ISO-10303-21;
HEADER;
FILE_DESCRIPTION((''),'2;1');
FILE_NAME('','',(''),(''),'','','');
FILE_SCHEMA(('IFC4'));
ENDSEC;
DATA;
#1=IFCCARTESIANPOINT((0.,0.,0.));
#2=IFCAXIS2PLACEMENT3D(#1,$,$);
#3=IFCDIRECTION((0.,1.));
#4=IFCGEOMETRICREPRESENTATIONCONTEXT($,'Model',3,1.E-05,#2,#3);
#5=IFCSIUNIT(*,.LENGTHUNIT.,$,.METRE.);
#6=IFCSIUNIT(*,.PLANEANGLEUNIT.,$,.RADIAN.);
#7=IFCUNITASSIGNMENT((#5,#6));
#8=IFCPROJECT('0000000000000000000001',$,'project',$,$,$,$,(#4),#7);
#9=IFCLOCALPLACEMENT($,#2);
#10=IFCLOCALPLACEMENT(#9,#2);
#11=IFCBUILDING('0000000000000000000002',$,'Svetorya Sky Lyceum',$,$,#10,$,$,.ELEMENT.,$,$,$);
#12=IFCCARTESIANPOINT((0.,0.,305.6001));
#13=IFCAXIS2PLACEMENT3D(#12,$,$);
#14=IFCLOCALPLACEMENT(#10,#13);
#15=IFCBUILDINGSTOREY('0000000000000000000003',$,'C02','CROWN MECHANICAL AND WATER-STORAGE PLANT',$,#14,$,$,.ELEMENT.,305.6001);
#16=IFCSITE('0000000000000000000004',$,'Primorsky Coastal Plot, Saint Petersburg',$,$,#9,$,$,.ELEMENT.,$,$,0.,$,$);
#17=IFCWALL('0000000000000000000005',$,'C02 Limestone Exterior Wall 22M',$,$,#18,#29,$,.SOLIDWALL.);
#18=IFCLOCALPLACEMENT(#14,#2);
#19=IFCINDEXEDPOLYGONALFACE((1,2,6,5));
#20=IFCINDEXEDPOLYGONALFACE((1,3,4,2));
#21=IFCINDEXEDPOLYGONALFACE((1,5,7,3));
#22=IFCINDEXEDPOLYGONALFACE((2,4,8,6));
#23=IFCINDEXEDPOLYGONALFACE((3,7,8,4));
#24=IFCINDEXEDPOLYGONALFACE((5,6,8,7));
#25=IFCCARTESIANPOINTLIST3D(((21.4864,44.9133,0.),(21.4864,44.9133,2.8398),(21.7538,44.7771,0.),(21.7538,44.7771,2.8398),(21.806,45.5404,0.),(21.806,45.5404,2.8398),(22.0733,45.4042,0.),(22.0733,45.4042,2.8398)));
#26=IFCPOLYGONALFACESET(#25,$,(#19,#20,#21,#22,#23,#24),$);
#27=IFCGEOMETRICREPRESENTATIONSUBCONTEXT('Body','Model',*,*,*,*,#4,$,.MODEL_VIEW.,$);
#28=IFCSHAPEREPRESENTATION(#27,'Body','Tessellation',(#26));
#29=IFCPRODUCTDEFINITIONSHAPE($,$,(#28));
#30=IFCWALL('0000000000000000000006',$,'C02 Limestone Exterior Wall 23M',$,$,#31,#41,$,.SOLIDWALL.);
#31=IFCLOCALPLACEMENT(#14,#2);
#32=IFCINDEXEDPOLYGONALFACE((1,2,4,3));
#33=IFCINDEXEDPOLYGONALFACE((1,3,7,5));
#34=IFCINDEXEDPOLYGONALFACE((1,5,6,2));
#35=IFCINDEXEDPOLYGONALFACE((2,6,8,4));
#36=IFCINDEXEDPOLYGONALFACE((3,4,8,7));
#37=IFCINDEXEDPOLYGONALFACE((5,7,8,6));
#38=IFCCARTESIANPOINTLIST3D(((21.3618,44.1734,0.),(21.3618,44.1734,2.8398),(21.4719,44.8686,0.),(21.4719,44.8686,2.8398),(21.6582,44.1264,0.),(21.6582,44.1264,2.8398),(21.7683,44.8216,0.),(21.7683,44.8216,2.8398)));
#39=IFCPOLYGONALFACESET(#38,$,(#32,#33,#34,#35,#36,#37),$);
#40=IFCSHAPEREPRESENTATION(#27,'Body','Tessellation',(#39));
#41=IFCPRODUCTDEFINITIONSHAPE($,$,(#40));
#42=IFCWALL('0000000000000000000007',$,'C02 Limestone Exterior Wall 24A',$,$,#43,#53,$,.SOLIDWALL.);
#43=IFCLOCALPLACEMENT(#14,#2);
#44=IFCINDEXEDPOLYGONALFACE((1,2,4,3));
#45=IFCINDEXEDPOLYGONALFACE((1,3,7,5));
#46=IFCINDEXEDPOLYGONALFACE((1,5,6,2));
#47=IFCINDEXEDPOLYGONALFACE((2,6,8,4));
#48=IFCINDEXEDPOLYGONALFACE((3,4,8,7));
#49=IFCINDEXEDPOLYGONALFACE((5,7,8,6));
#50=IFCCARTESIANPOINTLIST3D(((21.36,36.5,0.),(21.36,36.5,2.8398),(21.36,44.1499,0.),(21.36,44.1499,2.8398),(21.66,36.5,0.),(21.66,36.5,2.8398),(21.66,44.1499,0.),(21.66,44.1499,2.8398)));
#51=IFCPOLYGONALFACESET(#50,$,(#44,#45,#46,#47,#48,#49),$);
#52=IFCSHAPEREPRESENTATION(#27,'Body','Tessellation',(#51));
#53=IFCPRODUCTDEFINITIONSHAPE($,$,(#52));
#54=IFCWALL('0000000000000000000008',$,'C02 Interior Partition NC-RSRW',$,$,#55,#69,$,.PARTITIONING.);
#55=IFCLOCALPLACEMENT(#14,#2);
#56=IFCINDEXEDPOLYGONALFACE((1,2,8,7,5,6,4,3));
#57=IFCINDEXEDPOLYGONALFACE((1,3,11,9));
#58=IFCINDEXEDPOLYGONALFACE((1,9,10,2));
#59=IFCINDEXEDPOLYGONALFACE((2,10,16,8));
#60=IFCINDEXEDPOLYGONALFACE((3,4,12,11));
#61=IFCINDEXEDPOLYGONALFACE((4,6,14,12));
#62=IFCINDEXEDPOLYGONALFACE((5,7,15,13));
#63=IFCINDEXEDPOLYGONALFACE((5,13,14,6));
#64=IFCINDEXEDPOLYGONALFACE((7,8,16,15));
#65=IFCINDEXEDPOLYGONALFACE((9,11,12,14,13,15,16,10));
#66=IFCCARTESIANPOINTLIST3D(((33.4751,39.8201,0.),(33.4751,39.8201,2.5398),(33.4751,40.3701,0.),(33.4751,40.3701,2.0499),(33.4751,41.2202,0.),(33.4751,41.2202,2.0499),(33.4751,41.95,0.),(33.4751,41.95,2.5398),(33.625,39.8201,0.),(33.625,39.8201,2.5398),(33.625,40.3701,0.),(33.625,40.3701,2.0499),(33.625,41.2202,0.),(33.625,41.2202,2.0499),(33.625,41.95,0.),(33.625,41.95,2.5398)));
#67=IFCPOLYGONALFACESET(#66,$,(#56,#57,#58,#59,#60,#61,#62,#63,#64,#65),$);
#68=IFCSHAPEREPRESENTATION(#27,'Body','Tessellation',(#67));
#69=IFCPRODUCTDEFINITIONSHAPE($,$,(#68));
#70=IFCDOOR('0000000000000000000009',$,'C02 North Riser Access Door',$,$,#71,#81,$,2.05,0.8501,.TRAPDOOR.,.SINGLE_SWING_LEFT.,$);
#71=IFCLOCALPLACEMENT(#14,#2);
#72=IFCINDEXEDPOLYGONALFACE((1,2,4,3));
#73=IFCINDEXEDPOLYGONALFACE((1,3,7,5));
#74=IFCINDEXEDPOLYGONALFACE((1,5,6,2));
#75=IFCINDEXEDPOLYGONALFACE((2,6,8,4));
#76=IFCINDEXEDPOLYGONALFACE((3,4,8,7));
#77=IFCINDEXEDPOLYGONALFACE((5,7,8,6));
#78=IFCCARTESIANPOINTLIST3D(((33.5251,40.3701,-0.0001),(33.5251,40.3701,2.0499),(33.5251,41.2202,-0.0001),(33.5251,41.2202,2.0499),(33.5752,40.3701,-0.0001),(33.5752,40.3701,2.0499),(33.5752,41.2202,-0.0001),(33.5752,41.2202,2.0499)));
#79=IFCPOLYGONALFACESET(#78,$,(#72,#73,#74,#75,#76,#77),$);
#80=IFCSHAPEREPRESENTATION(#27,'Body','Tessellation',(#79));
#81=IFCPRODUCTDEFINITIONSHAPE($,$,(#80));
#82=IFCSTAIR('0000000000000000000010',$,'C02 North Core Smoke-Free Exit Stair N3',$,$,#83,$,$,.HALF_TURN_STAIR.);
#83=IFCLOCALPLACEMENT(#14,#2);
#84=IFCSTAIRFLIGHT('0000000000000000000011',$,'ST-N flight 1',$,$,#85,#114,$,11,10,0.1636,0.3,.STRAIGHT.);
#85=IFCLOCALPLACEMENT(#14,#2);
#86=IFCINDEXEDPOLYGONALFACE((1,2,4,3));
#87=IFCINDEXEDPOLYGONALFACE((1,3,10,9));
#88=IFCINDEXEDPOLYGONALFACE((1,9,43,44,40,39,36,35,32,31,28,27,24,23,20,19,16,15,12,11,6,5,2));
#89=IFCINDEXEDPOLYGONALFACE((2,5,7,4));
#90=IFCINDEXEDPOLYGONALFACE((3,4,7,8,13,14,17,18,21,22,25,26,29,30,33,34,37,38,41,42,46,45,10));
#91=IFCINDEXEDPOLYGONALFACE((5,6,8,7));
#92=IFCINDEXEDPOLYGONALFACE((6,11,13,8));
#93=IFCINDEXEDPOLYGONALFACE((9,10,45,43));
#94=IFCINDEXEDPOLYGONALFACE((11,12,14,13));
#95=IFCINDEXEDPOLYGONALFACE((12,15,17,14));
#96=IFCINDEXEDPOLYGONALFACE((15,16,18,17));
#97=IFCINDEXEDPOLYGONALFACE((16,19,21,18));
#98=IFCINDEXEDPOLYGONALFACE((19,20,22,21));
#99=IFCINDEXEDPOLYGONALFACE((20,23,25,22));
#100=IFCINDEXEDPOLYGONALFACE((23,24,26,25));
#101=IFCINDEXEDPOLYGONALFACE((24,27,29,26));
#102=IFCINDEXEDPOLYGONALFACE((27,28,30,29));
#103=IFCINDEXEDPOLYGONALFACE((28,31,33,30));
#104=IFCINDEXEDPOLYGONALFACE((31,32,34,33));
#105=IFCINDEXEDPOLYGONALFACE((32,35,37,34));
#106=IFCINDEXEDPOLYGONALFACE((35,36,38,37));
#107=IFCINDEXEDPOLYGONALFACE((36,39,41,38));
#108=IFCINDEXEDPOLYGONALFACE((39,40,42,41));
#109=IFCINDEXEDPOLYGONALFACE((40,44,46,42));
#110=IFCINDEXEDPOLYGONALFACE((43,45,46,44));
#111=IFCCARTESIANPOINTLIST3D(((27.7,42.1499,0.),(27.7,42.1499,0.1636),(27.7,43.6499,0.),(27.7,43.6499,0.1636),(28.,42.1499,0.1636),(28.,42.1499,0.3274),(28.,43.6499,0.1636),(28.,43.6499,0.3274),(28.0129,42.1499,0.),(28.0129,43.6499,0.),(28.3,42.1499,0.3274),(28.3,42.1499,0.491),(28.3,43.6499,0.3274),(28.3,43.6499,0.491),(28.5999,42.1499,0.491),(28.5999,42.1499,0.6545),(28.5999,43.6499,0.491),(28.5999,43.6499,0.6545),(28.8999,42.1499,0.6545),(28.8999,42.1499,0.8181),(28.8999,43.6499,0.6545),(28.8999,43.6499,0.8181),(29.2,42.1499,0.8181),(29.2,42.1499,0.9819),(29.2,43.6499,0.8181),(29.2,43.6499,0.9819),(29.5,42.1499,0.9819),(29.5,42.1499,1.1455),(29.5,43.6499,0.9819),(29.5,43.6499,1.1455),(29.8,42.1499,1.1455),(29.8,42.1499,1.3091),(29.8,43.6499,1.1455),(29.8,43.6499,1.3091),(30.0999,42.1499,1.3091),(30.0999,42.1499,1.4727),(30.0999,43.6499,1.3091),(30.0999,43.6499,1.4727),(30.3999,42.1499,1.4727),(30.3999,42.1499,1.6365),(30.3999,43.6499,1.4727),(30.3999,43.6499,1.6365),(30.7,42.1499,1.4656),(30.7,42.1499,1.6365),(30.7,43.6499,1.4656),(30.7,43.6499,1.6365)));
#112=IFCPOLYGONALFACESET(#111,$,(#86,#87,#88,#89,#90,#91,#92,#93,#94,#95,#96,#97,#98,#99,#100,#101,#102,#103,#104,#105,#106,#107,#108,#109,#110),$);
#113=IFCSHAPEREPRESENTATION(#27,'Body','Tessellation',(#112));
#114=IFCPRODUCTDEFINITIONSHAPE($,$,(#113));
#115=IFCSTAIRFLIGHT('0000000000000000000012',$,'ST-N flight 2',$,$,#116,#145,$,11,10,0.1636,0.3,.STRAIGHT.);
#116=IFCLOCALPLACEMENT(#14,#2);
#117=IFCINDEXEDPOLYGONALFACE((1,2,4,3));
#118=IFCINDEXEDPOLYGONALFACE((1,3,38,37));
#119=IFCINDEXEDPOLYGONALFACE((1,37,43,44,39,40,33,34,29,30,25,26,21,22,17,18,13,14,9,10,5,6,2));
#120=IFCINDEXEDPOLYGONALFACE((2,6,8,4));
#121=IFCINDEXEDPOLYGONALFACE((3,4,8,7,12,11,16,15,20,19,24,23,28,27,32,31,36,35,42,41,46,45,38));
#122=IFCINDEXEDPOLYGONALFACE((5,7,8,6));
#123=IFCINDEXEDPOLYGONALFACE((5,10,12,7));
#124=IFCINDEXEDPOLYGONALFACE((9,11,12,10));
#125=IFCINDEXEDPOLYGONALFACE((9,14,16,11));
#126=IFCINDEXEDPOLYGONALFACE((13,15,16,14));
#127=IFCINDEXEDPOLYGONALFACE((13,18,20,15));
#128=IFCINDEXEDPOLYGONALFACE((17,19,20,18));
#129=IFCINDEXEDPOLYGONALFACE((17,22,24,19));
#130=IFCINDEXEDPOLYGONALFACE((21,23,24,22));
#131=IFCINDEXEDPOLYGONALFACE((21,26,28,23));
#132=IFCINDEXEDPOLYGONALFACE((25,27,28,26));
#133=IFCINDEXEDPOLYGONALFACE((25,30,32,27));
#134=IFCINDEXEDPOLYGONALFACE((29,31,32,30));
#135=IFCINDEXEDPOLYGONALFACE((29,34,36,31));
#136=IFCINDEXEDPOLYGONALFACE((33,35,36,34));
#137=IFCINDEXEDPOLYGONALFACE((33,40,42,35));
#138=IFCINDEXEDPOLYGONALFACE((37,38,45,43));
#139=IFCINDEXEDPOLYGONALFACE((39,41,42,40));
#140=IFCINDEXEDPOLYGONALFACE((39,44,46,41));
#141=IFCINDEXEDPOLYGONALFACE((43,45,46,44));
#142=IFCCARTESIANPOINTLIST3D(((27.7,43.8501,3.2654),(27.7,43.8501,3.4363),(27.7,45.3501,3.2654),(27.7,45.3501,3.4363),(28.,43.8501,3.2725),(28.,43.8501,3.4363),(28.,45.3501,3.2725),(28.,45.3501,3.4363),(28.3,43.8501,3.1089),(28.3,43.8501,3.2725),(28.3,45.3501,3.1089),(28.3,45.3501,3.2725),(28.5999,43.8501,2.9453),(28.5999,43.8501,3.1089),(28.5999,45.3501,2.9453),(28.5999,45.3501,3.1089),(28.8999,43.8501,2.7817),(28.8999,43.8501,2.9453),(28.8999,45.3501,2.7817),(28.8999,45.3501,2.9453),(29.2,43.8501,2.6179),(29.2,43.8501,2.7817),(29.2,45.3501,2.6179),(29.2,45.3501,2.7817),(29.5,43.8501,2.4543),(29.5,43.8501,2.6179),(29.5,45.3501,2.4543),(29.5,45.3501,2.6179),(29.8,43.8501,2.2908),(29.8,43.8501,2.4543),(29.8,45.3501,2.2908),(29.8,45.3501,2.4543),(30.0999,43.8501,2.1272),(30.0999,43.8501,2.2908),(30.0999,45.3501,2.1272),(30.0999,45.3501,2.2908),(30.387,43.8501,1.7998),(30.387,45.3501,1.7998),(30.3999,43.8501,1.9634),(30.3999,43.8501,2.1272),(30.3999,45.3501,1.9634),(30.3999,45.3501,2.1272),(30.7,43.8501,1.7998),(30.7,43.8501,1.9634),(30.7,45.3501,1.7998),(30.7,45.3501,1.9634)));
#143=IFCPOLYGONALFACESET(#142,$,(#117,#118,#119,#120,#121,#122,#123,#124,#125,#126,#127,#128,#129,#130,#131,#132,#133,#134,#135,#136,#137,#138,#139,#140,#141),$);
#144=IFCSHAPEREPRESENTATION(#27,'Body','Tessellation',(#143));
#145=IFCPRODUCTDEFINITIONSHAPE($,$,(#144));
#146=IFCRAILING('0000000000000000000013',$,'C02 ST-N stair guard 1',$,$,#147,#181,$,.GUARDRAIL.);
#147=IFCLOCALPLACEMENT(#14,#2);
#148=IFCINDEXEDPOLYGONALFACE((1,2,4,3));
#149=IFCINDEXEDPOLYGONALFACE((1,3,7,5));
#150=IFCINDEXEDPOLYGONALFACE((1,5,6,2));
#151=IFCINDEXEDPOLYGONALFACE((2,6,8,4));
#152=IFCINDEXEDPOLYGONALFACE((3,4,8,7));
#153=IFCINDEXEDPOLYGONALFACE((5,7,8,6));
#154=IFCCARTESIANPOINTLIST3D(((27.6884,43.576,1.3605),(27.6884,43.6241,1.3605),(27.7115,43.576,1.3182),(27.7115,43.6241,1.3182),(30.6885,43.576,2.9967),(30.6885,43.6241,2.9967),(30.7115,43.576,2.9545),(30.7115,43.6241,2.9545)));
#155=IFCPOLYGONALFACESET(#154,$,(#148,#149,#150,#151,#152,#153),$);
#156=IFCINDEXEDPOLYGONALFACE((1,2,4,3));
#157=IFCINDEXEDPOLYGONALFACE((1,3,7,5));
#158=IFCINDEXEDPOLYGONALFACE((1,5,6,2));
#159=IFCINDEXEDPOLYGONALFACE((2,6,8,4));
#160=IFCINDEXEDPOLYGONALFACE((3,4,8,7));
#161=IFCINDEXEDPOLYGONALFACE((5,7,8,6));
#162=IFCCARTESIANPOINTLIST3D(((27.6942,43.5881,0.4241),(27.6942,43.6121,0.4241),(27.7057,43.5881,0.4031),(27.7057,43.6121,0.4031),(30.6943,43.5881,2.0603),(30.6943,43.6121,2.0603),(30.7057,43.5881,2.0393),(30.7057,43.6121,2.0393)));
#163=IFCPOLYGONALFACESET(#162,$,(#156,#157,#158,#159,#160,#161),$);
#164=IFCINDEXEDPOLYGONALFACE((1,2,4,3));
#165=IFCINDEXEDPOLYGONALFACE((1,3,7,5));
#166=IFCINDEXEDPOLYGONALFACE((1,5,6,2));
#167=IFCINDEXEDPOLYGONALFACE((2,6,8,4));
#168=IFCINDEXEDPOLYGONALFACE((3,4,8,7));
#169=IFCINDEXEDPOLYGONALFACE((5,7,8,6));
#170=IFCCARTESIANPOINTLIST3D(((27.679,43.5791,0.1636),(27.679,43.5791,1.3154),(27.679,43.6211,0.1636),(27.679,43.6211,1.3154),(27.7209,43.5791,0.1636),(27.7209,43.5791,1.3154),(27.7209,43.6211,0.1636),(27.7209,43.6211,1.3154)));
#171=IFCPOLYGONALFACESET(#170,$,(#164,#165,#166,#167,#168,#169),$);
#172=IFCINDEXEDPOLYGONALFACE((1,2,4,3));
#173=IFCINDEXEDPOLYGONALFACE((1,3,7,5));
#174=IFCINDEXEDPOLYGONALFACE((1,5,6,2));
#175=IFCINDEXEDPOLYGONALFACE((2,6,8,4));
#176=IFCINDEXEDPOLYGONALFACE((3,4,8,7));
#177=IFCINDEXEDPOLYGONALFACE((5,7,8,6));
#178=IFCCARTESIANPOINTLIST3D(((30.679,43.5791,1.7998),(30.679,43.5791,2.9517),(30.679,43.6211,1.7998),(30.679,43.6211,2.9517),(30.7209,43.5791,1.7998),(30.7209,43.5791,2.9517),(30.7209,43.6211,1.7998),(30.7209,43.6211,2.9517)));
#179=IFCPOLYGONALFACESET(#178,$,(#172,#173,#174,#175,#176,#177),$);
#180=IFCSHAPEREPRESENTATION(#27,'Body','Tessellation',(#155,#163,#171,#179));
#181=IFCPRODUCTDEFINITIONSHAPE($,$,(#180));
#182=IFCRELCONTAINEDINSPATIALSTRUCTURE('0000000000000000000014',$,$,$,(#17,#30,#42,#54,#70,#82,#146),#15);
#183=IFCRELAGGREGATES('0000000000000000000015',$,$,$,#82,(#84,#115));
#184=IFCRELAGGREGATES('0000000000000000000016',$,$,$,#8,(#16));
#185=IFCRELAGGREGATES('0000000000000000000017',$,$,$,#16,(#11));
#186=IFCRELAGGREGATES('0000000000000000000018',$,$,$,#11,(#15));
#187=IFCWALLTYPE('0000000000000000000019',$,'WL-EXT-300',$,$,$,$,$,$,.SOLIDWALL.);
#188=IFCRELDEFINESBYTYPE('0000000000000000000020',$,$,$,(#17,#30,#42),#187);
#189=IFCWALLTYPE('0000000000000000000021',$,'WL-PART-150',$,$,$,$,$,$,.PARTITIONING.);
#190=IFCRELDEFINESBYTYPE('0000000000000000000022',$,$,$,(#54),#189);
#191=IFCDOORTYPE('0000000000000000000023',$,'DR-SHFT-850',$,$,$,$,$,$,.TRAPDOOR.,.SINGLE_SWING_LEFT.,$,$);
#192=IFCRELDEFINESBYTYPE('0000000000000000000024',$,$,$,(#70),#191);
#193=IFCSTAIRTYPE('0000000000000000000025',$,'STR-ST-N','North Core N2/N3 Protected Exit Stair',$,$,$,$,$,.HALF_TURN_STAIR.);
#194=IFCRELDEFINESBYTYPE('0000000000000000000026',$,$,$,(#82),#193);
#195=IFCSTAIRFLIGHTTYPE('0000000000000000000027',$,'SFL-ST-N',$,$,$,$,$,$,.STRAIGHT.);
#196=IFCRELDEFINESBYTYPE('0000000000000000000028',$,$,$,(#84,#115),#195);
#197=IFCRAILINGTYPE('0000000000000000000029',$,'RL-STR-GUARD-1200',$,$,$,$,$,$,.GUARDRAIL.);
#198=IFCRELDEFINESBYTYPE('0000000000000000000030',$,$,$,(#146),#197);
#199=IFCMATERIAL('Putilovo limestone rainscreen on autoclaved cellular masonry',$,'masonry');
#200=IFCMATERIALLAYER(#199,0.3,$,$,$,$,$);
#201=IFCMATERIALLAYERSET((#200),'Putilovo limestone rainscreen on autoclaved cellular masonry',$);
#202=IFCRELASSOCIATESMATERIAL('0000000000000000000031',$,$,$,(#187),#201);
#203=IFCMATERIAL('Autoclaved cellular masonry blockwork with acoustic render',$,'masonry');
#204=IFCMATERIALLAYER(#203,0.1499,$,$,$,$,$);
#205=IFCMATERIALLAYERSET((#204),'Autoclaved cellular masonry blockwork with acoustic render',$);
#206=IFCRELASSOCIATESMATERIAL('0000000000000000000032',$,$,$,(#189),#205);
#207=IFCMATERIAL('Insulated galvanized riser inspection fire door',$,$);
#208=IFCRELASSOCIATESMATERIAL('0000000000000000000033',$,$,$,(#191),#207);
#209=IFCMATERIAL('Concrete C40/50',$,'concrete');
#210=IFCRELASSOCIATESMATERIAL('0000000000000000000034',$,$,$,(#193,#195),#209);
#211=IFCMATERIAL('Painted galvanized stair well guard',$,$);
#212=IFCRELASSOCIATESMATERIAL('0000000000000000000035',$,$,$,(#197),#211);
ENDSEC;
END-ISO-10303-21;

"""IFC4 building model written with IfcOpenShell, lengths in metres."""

from ifc_helpers import new_model, si_unit, direction, frame, frame_2d, origin, origin_2d, place, context, subcontext, project, spatial, polyline, rectangle, outline, extrude, material, layer, layer_set, type_object, element, fill, aggregate, save


model = new_model("IFC4")

# Units and contexts
model_context = context("Model", 3, precision=1e-05, world=origin(), true_north=direction((0.0, 1.0)))
body_context = subcontext(model_context, "Body", "Model", "MODEL_VIEW")
ifc_project = project(units=[si_unit("LENGTHUNIT", "METRE"), si_unit("PLANEANGLEUNIT", "RADIAN")], contexts=[model_context])

# Site, building, storey
site_placement = place(None, origin())
site = spatial("IfcSite", under=ifc_project, at=site_placement, Name="Primorsky Coastal Plot, Saint Petersburg", CompositionType="ELEMENT", RefElevation=0.0)
building_placement = place(site_placement, origin())
building = spatial("IfcBuilding", under=site, at=building_placement, Name="Svetorya Sky Lyceum", CompositionType="ELEMENT")
storey_placement = place(building_placement, frame((0.0, 0.0, 305.6001)))
storey = spatial("IfcBuildingStorey", under=building, at=storey_placement, Name="C02", Description="CROWN MECHANICAL AND WATER-STORAGE PLANT", CompositionType="ELEMENT", Elevation=305.6001)

# Shared definitions
ifc_material_1 = material(Name="Concrete C40/50", Category="concrete")

# Walls
ifc_material_2 = material(Name="Putilovo limestone rainscreen on autoclaved cellular masonry", Category="masonry")
ifc_layer_1 = layer(ifc_material_2, 0.3)
ifc_layer_set_1 = layer_set([ifc_layer_1], Name="Putilovo limestone rainscreen on autoclaved cellular masonry")
wall_type_1 = type_object("IfcWallType", Name="WL-EXT-300", PredefinedType="SOLIDWALL", material=ifc_layer_set_1)
for number, where, z_axis, x_axis, name in (
    (1, (21.9397, 45.4724, 0.0), (0.0, 0.0, 1.0), (-0.453999, -0.891002, 0.0), "C02 Limestone Exterior Wall 22M"),
    (2, (21.6201, 44.8452, 0.0), (0.0, 0.0, 1.0), (-0.156408, -0.987693, 0.0), "C02 Limestone Exterior Wall 23M"),
):
    element("IfcWall", number, at=place(storey_placement, frame(where, z_axis=z_axis, x_axis=x_axis)), inside=storey, type_object=wall_type_1, Name=name, PredefinedType="SOLIDWALL", context=body_context, shape_type="SweptSolid", body=[
        extrude(rectangle(XDim=0.7039, YDim=0.3, at=frame_2d((0.3521, 0.0))), origin(), (0.0, 0.0, 1.0), 2.8398),
    ])
wall_1_placement = place(storey_placement, frame((21.51, 44.1499, 0.0), z_axis=(0.0, 0.0, 1.0), x_axis=(0.0, -1.0, 0.0)))
element("IfcWall", 3, at=wall_1_placement, inside=storey, type_object=wall_type_1, Name="C02 Limestone Exterior Wall 24A", PredefinedType="SOLIDWALL", context=body_context, shape_type="SweptSolid", body=[
    extrude(rectangle(XDim=7.6499, YDim=0.3, at=frame_2d((3.825, 0.0))), origin(), (0.0, 0.0, 1.0), 2.8398),
])

# Wall, opening, door
ifc_material_3 = material(Name="Autoclaved cellular masonry blockwork with acoustic render", Category="masonry")
ifc_layer_2 = layer(ifc_material_3, 0.1499)
ifc_layer_set_2 = layer_set([ifc_layer_2], Name="Autoclaved cellular masonry blockwork with acoustic render")
wall_type_2 = type_object("IfcWallType", Name="WL-PART-150", PredefinedType="PARTITIONING", material=ifc_layer_set_2)
wall_2_placement = place(storey_placement, frame((33.55, 39.8201, 0.0), z_axis=(0.0, 0.0, 1.0), x_axis=(0.0, 1.0, 0.0)))
wall_2 = element("IfcWall", 4, at=wall_2_placement, inside=storey, type_object=wall_type_2, Name="C02 Interior Partition NC-RSRW", PredefinedType="PARTITIONING", context=body_context, shape_type="SweptSolid", body=[
    extrude(rectangle(XDim=2.1299, YDim=0.1499, at=frame_2d((1.0649, 0.0))), origin(), (0.0, 0.0, 1.0), 2.5398),
])
opening_placement = place(wall_2_placement, frame((0.55, 0.0, 0.0)))
opening = element("IfcOpeningElement", 5, at=opening_placement, cuts=wall_2, PredefinedType="OPENING", context=body_context, shape_type="SweptSolid", body=[
    extrude(rectangle(XDim=0.8501, YDim=2.05, at=frame_2d((0.425, 1.0249))), frame((0.0, 0.085, 0.0), z_axis=(0.0, -1.0, 0.0), x_axis=(1.0, 0.0, 0.0)), (0.0, 0.0, 1.0), 0.1699),
])
ifc_material_4 = material(Name="Insulated galvanized riser inspection fire door")
door_type = type_object("IfcDoorType", Name="DR-SHFT-850", OperationType="SINGLE_SWING_LEFT", PredefinedType="TRAPDOOR", material=ifc_material_4)
door_placement = place(opening_placement, origin())
door = element("IfcDoor", 6, at=door_placement, inside=storey, type_object=door_type, Name="C02 North Riser Access Door", OperationType="SINGLE_SWING_LEFT", OverallHeight=2.05, OverallWidth=0.8501, PredefinedType="TRAPDOOR", context=body_context, shape_type="SweptSolid", body=[
    extrude(rectangle(XDim=0.8501, YDim=2.05, at=frame_2d((0.425, 1.0249))), frame((0.0, 0.0249, 0.0), z_axis=(0.0, -1.0, 0.0), x_axis=(1.0, 0.0, 0.0)), (0.0, 0.0, 1.0), 0.05),
])
fill(opening, door)

# Stair, stair flights
stair_type = type_object("IfcStairType", Name="STR-ST-N", Description="North Core N2/N3 Protected Exit Stair", PredefinedType="HALF_TURN_STAIR", material=ifc_material_1)
stair_placement = place(storey_placement, origin())
stair = element("IfcStair", 7, at=stair_placement, inside=storey, type_object=stair_type, Name="C02 North Core Smoke-Free Exit Stair N3", PredefinedType="HALF_TURN_STAIR")
stair_flight_type = type_object("IfcStairFlightType", Name="SFL-ST-N", PredefinedType="STRAIGHT", material=ifc_material_1)
stair_flight_1_placement = place(storey_placement, frame((27.7, 42.8999, 0.0), z_axis=(0.0, 0.0, 1.0), x_axis=(1.0, 0.0, 0.0)))
stair_flight_1 = element("IfcStairFlight", 8, at=stair_flight_1_placement, type_object=stair_flight_type, Name="ST-N flight 1", NumberOfRisers=11, NumberOfTreads=10, PredefinedType="STRAIGHT", RiserHeight=0.1636, TreadLength=0.3, context=body_context, shape_type="SweptSolid", body=[
    extrude(outline(polyline([(0.0, 0.0), (0.0, 0.1636), (0.3, 0.1636), (0.3, 0.3274), (0.6001, 0.3274), (0.6001, 0.491), (0.8999, 0.491), (0.8999, 0.6545), (1.2, 0.6545), (1.2, 0.8181), (1.5, 0.8181), (1.5, 0.9819), (1.8, 0.9819), (1.8, 1.1455), (2.1001, 1.1455), (2.1001, 1.3091), (2.3999, 1.3091), (2.3999, 1.4727), (2.7, 1.4727), (2.7, 1.6365), (3.0, 1.6365), (3.0, 1.8), (3.0, 1.4656), (0.313, 0.0), (0.0, 0.0)])), frame((0.0, 0.75, 0.0), z_axis=(0.0, -1.0, 0.0), x_axis=(1.0, 0.0, 0.0)), (0.0, 0.0, 1.0), 1.5),
])
stair_flight_2_placement = place(storey_placement, frame((30.7, 44.6001, 1.7998), z_axis=(0.0, 0.0, 1.0), x_axis=(-1.0, 0.0, 0.0)))
stair_flight_2 = element("IfcStairFlight", 9, at=stair_flight_2_placement, type_object=stair_flight_type, Name="ST-N flight 2", NumberOfRisers=11, NumberOfTreads=10, PredefinedType="STRAIGHT", RiserHeight=0.1636, TreadLength=0.3, context=body_context, shape_type="SweptSolid", body=[
    extrude(outline(polyline([(0.0, 0.0), (0.0, 0.1636), (0.3, 0.1636), (0.3, 0.3274), (0.6001, 0.3274), (0.6001, 0.491), (0.8999, 0.491), (0.8999, 0.6545), (1.2, 0.6545), (1.2, 0.8181), (1.5, 0.8181), (1.5, 0.9819), (1.8, 0.9819), (1.8, 1.1455), (2.1001, 1.1455), (2.1001, 1.3091), (2.3999, 1.3091), (2.3999, 1.4727), (2.7, 1.4727), (2.7, 1.6365), (3.0, 1.6365), (3.0, 1.8), (3.0, 1.4656), (0.313, 0.0), (0.0, 0.0)])), frame((0.0, 0.75, 0.0), z_axis=(0.0, -1.0, 0.0), x_axis=(1.0, 0.0, 0.0)), (0.0, 0.0, 1.0), 1.5),
])
aggregate(stair, [stair_flight_1, stair_flight_2])

# Railing
ifc_material_5 = material(Name="Painted galvanized stair well guard")
railing_type_1 = type_object("IfcRailingType", Name="RL-STR-GUARD-1200", PredefinedType="GUARDRAIL", material=ifc_material_5)
railing_1_placement = place(storey_placement, frame((27.7, 43.6001, 0.1636)))
element("IfcRailing", 10, at=railing_1_placement, inside=storey, type_object=railing_type_1, Name="C02 ST-N stair guard 1", PredefinedType="GUARDRAIL", context=body_context, shape_type="SweptSolid", body=[
    extrude(rectangle(XDim=0.0481, YDim=0.0481, at=origin_2d()), frame((0.0, 0.0, 1.1758), z_axis=(0.877912, 0.0, 0.478822), x_axis=(0.0, 1.0, 0.0)), (0.0, 0.0, 1.0), 3.4172),
    extrude(rectangle(XDim=0.0239, YDim=0.0239, at=origin_2d()), frame((0.0, 0.0, 0.25), z_axis=(0.877912, 0.0, 0.478822), x_axis=(0.0, 1.0, 0.0)), (0.0, 0.0, 1.0), 3.4172),
    extrude(rectangle(XDim=0.042, YDim=0.042, at=origin_2d()), origin(), (0.0, 0.0, 1.0), 1.1519),
    extrude(rectangle(XDim=0.042, YDim=0.042, at=origin_2d()), frame((3.0, 0.0, 1.6362)), (0.0, 0.0, 1.0), 1.1519),
])

save(model, "model.ifc")
